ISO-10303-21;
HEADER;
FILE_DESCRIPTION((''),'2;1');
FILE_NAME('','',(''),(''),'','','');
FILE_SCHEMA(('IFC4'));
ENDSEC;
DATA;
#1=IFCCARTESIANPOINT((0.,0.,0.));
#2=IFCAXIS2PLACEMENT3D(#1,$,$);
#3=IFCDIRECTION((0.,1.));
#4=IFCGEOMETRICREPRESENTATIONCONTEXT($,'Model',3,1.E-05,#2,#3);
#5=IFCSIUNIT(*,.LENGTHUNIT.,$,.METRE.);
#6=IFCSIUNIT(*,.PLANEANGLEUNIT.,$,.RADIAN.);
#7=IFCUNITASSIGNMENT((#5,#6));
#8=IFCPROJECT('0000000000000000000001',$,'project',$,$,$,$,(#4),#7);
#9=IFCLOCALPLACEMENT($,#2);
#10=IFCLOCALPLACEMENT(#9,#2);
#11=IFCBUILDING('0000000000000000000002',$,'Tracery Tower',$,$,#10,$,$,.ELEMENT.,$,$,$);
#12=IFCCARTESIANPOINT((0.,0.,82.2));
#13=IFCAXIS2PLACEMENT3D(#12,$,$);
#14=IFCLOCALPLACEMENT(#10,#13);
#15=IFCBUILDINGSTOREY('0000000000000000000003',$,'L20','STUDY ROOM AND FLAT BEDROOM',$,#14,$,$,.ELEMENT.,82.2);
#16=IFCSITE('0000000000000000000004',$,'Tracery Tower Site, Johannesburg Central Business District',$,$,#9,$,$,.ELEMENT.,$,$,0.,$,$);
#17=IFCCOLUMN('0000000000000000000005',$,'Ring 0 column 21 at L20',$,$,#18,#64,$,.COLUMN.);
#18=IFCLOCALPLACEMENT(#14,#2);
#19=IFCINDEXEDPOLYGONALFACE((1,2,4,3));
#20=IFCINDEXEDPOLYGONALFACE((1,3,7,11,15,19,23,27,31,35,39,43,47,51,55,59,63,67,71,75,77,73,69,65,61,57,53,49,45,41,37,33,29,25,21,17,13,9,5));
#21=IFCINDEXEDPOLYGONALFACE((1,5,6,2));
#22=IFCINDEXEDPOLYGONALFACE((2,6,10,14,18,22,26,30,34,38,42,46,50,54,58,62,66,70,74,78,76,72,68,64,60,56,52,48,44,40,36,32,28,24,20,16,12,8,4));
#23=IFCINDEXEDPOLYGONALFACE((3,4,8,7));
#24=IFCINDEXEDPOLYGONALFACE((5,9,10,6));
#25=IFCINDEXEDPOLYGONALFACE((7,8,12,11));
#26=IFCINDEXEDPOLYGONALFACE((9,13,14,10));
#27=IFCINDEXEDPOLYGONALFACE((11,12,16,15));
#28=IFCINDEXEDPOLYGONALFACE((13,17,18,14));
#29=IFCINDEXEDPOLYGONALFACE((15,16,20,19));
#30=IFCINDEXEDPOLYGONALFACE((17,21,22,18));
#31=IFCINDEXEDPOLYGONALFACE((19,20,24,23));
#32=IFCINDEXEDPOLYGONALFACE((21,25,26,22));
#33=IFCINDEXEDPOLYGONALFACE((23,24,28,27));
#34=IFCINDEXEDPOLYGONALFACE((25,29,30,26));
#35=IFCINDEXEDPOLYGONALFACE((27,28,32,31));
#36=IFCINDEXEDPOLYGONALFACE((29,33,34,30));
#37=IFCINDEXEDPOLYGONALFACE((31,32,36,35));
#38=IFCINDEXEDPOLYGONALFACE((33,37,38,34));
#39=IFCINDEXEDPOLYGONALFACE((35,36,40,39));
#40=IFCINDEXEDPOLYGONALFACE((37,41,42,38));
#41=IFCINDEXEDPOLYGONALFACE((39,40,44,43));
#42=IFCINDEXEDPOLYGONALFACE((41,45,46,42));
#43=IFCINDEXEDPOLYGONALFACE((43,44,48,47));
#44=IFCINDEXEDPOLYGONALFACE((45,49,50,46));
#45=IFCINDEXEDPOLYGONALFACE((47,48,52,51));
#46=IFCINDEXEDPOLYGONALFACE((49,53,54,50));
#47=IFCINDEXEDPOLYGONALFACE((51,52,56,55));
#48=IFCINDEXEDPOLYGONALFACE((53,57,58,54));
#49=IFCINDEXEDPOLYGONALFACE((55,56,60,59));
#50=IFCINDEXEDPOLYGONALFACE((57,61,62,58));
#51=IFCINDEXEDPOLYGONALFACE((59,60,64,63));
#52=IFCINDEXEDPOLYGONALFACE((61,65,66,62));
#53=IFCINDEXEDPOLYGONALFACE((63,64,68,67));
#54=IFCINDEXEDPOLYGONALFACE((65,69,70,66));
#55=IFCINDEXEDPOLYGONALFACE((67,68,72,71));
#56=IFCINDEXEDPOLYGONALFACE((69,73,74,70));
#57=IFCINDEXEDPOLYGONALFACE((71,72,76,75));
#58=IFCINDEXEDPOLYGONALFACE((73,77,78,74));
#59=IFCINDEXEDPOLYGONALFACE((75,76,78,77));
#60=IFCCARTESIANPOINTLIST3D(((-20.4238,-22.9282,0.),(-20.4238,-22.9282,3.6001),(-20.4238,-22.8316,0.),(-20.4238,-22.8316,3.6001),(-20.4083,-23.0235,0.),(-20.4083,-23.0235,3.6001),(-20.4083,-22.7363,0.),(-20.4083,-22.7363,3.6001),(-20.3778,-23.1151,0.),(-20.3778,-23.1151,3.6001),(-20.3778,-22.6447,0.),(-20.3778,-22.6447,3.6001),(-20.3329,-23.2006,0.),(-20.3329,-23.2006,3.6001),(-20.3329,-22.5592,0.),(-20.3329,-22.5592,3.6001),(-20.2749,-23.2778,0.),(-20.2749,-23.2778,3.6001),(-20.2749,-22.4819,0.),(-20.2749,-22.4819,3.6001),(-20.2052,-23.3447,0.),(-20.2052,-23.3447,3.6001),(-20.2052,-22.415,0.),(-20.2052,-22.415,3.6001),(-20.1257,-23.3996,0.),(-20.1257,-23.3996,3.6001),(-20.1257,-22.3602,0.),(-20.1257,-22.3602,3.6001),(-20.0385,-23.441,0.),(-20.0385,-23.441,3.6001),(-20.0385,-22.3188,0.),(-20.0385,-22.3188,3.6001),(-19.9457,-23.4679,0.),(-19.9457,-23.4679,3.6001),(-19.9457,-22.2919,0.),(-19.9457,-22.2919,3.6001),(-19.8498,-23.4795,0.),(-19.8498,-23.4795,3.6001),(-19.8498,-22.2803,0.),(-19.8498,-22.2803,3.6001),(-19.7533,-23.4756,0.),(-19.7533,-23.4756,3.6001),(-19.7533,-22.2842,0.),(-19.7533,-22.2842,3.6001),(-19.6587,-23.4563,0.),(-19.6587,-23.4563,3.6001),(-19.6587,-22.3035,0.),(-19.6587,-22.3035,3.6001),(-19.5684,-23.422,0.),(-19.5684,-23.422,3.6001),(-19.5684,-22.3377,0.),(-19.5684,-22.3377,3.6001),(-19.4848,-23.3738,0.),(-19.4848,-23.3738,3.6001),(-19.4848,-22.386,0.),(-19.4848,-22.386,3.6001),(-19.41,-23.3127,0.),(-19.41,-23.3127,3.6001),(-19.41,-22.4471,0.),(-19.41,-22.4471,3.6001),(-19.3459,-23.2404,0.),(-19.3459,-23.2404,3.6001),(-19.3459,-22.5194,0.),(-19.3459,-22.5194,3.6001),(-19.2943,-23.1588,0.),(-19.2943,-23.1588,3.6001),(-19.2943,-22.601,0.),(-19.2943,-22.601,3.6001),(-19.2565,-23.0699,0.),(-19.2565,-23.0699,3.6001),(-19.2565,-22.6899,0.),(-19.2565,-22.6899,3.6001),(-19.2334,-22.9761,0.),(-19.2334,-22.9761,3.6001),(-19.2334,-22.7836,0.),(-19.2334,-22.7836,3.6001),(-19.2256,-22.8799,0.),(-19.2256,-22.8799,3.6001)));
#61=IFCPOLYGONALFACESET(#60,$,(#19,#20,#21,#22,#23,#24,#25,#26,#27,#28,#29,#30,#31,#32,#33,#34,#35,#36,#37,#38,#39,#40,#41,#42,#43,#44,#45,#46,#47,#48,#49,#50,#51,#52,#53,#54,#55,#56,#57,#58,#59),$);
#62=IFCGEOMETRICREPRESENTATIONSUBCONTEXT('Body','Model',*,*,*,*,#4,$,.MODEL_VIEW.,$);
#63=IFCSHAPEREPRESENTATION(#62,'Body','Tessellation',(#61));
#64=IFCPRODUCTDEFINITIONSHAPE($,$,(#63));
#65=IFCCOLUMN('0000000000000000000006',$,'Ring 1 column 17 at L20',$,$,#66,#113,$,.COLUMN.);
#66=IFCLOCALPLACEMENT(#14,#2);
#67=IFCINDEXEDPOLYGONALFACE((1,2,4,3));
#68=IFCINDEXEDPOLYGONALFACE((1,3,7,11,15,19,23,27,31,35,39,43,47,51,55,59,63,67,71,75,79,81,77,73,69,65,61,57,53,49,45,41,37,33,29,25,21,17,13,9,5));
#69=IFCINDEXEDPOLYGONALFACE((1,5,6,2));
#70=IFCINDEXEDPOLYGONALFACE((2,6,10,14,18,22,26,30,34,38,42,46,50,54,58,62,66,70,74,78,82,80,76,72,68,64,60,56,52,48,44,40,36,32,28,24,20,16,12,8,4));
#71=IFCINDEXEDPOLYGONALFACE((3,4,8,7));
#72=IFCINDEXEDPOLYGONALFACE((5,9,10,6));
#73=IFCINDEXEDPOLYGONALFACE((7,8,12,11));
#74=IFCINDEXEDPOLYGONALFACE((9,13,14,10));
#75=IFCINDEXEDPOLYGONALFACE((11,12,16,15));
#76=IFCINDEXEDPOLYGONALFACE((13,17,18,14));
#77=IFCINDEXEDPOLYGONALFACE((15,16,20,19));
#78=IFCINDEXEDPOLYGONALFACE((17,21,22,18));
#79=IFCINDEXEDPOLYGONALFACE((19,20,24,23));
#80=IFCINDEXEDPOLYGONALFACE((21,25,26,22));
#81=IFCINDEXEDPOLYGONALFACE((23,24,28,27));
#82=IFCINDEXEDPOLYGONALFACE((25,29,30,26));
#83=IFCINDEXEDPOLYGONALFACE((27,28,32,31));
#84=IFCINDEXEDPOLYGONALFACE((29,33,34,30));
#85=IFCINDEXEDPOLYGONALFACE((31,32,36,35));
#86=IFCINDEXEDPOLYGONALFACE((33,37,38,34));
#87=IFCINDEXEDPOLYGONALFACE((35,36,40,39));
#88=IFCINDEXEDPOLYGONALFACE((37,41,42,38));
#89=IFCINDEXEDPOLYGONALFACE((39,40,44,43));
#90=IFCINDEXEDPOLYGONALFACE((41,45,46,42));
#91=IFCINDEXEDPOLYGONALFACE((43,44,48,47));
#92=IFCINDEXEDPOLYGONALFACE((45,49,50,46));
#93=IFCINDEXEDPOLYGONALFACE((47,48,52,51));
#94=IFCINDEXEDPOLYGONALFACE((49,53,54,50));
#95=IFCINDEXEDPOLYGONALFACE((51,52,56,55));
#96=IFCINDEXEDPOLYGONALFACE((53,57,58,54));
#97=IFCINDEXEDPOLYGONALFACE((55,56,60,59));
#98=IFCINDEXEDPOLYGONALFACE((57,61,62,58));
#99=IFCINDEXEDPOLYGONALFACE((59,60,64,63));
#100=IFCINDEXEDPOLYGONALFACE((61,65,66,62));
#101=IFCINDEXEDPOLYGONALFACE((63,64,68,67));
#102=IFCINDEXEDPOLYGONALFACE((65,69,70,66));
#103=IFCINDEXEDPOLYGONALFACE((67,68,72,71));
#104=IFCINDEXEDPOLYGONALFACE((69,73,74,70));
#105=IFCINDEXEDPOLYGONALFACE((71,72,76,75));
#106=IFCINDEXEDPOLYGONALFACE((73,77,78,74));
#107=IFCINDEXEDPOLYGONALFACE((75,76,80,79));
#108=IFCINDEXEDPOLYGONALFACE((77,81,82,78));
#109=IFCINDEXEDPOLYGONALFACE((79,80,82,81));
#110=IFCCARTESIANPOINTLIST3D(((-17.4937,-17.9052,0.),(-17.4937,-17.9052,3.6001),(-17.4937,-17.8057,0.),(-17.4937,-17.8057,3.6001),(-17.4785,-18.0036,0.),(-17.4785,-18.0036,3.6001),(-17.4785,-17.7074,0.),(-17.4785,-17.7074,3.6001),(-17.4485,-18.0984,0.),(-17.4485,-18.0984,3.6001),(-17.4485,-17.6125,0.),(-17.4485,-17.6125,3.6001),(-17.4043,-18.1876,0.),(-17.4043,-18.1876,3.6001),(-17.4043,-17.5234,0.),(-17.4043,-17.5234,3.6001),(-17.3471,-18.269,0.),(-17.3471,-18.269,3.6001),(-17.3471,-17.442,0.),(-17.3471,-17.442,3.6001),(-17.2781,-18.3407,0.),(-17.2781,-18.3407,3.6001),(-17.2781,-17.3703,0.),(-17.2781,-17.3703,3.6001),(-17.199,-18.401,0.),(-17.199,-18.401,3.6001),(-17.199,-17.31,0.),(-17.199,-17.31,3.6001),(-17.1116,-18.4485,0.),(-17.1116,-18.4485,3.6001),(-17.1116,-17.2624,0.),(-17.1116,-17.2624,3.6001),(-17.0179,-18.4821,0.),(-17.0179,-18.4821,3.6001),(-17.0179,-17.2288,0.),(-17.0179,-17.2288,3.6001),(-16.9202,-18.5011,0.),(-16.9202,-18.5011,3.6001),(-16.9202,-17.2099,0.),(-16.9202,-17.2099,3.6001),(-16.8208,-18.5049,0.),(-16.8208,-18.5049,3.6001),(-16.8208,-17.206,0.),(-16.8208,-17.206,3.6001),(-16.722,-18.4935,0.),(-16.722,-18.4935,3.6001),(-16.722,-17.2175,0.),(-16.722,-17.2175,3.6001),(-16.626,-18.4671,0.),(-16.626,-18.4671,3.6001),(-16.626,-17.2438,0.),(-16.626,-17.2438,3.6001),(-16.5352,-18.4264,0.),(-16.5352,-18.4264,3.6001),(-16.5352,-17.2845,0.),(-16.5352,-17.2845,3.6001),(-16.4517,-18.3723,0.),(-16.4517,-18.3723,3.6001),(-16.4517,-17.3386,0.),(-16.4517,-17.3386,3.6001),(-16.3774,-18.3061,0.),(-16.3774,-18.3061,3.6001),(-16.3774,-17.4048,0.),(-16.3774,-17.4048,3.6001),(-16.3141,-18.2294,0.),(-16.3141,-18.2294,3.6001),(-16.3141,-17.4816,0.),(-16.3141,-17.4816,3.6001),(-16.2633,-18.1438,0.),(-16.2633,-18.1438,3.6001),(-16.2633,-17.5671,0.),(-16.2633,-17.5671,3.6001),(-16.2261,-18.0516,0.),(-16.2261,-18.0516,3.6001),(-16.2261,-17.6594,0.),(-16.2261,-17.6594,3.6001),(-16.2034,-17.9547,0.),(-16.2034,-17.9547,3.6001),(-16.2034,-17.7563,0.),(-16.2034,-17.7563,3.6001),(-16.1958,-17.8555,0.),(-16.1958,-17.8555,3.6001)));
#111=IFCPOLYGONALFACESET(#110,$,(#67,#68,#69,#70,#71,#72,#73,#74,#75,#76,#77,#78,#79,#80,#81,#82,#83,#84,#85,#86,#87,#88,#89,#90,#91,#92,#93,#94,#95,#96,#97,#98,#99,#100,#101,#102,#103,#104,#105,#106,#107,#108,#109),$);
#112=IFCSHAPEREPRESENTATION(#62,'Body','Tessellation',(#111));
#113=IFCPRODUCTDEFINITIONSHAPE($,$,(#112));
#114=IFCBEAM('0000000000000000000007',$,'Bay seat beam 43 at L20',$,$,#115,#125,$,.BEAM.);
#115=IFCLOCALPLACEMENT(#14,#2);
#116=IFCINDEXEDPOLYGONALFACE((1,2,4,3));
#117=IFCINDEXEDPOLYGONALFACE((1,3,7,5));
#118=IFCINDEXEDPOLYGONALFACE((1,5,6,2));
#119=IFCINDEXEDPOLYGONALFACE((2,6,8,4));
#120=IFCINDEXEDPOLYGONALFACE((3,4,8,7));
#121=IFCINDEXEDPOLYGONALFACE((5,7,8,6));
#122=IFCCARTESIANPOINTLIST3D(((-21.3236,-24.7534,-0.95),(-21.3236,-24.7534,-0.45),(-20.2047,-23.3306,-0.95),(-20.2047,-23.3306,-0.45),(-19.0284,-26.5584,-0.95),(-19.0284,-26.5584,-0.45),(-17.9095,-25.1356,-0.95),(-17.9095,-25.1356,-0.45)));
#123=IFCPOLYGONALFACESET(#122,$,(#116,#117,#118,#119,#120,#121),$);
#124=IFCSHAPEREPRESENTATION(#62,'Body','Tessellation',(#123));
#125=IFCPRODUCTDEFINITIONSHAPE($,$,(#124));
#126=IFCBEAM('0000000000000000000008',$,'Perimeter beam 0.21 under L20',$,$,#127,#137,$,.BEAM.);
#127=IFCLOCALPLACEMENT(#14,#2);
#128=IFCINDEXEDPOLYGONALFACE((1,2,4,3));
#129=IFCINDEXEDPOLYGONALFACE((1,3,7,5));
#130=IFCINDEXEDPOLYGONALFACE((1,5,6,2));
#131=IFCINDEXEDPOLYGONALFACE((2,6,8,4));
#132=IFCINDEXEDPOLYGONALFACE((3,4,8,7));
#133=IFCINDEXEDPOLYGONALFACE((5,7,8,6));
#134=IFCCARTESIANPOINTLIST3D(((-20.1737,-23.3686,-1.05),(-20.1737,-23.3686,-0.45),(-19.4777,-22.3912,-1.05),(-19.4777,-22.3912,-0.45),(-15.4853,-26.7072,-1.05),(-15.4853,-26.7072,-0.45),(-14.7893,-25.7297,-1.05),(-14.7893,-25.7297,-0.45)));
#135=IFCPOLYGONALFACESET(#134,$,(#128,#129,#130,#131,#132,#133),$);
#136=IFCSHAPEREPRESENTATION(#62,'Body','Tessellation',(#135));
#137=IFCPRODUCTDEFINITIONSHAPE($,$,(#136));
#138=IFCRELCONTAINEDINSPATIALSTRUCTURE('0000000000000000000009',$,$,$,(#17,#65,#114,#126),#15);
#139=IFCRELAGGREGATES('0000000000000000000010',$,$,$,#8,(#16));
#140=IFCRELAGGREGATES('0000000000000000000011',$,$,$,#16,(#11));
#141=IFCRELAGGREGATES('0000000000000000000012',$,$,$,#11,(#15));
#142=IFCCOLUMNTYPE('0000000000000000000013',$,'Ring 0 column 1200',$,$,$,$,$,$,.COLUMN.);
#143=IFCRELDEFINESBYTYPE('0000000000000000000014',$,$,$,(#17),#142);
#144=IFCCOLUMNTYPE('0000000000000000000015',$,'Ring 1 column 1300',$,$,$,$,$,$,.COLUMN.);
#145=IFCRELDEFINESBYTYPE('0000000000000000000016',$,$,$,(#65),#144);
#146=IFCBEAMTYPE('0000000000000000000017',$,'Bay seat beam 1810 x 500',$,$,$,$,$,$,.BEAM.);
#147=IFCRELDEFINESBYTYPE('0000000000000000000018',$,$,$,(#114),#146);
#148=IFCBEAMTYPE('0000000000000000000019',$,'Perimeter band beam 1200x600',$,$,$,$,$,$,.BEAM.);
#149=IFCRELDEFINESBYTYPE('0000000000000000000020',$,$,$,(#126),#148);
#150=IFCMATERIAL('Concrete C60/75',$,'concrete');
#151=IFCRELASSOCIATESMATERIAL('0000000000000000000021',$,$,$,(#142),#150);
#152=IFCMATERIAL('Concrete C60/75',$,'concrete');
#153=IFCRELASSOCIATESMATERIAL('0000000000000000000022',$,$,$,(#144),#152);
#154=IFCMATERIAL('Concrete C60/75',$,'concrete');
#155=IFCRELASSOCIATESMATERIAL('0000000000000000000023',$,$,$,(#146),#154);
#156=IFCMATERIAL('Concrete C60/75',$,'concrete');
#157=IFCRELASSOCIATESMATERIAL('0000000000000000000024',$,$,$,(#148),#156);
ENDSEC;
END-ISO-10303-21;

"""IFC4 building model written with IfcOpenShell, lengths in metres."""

from ifc_helpers import new_model, si_unit, direction, frame, origin, origin_2d, place, context, subcontext, project, spatial, rectangle, circle, extrude, material, material_profile, profile_set, type_object, element, save


model = new_model("IFC4")

# Units and contexts
model_context = context("Model", 3, precision=1e-05, world=origin(), true_north=direction((0.0, 1.0)))
body_context = subcontext(model_context, "Body", "Model", "MODEL_VIEW")
ifc_project = project(units=[si_unit("LENGTHUNIT", "METRE"), si_unit("PLANEANGLEUNIT", "RADIAN")], contexts=[model_context])

# Site, building, storey
site_placement = place(None, origin())
site = spatial("IfcSite", under=ifc_project, at=site_placement, Name="Tracery Tower Site, Johannesburg Central Business District", CompositionType="ELEMENT", RefElevation=0.0)
building_placement = place(site_placement, origin())
building = spatial("IfcBuilding", under=site, at=building_placement, Name="Tracery Tower", CompositionType="ELEMENT")
storey_placement = place(building_placement, frame((0.0, 0.0, 82.2)))
storey = spatial("IfcBuildingStorey", under=building, at=storey_placement, Name="L20", Description="STUDY ROOM AND FLAT BEDROOM", CompositionType="ELEMENT", Elevation=82.2)

# Columns
ifc_material_1 = material(Name="Concrete C60/75", Category="concrete")
ifc_material_profile_1 = material_profile(ifc_material_1, circle(Radius=0.6001, at=origin_2d()), Name="RC D1200")
ifc_profile_set_1 = profile_set([ifc_material_profile_1], Name="Concrete C60/75")
column_type_1 = type_object("IfcColumnType", Name="Ring 0 column 1200", PredefinedType="COLUMN", material=ifc_profile_set_1)
column_1_placement = place(storey_placement, frame((-19.8257, -22.8799, 0.0), z_axis=(0.0, 0.0, 1.0), x_axis=(1.0, 0.0, 0.0)))
element("IfcColumn", 1, at=column_1_placement, inside=storey, type_object=column_type_1, Name="Ring 0 column 21 at L20", PredefinedType="COLUMN", context=body_context, shape_type="SweptSolid", body=[
    extrude(circle(Radius=0.6001, at=origin_2d()), origin(), (0.0, 0.0, 1.0), 3.6001),
])
ifc_material_2 = material(Name="Concrete C60/75", Category="concrete")
ifc_material_profile_2 = material_profile(ifc_material_2, circle(Radius=0.6499, at=origin_2d()), Name="RC D1300")
ifc_profile_set_2 = profile_set([ifc_material_profile_2], Name="Concrete C60/75")
column_type_2 = type_object("IfcColumnType", Name="Ring 1 column 1300", PredefinedType="COLUMN", material=ifc_profile_set_2)
column_2_placement = place(storey_placement, frame((-16.8457, -17.8555, 0.0), z_axis=(0.0, 0.0, 1.0), x_axis=(1.0, 0.0, 0.0)))
element("IfcColumn", 2, at=column_2_placement, inside=storey, type_object=column_type_2, Name="Ring 1 column 17 at L20", PredefinedType="COLUMN", context=body_context, shape_type="SweptSolid", body=[
    extrude(circle(Radius=0.6499, at=origin_2d()), origin(), (0.0, 0.0, 1.0), 3.6001),
])

# Beams
ifc_material_3 = material(Name="Concrete C60/75", Category="concrete")
ifc_material_profile_3 = material_profile(ifc_material_3, rectangle(XDim=1.8101, YDim=0.5, at=origin_2d()), Name="RC 1810x500")
ifc_profile_set_3 = profile_set([ifc_material_profile_3], Name="Concrete C60/75")
beam_type_1 = type_object("IfcBeamType", Name="Bay seat beam 1810 x 500", PredefinedType="BEAM", material=ifc_profile_set_3)
beam_1_placement = place(storey_placement, frame((-20.7642, -24.042, -0.7), z_axis=(0.786054, -0.618158, 0.0), x_axis=(0.618158, 0.786054, 0.0)))
element("IfcBeam", 3, at=beam_1_placement, inside=storey, type_object=beam_type_1, Name="Bay seat beam 43 at L20", PredefinedType="BEAM", context=body_context, shape_type="SweptSolid", body=[
    extrude(rectangle(XDim=1.8101, YDim=0.5, at=origin_2d()), origin(), (0.0, 0.0, 1.0), 2.9199),
])
ifc_material_4 = material(Name="Concrete C60/75", Category="concrete")
ifc_material_profile_4 = material_profile(ifc_material_4, rectangle(XDim=1.2, YDim=0.6001, at=origin_2d()), Name="RC 1200x600")
ifc_profile_set_4 = profile_set([ifc_material_profile_4], Name="Concrete C60/75")
beam_type_2 = type_object("IfcBeamType", Name="Perimeter band beam 1200x600", PredefinedType="BEAM", material=ifc_profile_set_4)
beam_2_placement = place(storey_placement, frame((-19.8257, -22.8799, -0.75), z_axis=(0.814578, -0.580054, 0.0), x_axis=(0.580054, 0.814578, 0.0)))
element("IfcBeam", 4, at=beam_2_placement, inside=storey, type_object=beam_type_2, Name="Perimeter beam 0.21 under L20", PredefinedType="BEAM", context=body_context, shape_type="SweptSolid", body=[
    extrude(rectangle(XDim=1.2, YDim=0.6001, at=origin_2d()), origin(), (0.0, 0.0, 1.0), 5.7556),
])

save(model, "model.ifc")
